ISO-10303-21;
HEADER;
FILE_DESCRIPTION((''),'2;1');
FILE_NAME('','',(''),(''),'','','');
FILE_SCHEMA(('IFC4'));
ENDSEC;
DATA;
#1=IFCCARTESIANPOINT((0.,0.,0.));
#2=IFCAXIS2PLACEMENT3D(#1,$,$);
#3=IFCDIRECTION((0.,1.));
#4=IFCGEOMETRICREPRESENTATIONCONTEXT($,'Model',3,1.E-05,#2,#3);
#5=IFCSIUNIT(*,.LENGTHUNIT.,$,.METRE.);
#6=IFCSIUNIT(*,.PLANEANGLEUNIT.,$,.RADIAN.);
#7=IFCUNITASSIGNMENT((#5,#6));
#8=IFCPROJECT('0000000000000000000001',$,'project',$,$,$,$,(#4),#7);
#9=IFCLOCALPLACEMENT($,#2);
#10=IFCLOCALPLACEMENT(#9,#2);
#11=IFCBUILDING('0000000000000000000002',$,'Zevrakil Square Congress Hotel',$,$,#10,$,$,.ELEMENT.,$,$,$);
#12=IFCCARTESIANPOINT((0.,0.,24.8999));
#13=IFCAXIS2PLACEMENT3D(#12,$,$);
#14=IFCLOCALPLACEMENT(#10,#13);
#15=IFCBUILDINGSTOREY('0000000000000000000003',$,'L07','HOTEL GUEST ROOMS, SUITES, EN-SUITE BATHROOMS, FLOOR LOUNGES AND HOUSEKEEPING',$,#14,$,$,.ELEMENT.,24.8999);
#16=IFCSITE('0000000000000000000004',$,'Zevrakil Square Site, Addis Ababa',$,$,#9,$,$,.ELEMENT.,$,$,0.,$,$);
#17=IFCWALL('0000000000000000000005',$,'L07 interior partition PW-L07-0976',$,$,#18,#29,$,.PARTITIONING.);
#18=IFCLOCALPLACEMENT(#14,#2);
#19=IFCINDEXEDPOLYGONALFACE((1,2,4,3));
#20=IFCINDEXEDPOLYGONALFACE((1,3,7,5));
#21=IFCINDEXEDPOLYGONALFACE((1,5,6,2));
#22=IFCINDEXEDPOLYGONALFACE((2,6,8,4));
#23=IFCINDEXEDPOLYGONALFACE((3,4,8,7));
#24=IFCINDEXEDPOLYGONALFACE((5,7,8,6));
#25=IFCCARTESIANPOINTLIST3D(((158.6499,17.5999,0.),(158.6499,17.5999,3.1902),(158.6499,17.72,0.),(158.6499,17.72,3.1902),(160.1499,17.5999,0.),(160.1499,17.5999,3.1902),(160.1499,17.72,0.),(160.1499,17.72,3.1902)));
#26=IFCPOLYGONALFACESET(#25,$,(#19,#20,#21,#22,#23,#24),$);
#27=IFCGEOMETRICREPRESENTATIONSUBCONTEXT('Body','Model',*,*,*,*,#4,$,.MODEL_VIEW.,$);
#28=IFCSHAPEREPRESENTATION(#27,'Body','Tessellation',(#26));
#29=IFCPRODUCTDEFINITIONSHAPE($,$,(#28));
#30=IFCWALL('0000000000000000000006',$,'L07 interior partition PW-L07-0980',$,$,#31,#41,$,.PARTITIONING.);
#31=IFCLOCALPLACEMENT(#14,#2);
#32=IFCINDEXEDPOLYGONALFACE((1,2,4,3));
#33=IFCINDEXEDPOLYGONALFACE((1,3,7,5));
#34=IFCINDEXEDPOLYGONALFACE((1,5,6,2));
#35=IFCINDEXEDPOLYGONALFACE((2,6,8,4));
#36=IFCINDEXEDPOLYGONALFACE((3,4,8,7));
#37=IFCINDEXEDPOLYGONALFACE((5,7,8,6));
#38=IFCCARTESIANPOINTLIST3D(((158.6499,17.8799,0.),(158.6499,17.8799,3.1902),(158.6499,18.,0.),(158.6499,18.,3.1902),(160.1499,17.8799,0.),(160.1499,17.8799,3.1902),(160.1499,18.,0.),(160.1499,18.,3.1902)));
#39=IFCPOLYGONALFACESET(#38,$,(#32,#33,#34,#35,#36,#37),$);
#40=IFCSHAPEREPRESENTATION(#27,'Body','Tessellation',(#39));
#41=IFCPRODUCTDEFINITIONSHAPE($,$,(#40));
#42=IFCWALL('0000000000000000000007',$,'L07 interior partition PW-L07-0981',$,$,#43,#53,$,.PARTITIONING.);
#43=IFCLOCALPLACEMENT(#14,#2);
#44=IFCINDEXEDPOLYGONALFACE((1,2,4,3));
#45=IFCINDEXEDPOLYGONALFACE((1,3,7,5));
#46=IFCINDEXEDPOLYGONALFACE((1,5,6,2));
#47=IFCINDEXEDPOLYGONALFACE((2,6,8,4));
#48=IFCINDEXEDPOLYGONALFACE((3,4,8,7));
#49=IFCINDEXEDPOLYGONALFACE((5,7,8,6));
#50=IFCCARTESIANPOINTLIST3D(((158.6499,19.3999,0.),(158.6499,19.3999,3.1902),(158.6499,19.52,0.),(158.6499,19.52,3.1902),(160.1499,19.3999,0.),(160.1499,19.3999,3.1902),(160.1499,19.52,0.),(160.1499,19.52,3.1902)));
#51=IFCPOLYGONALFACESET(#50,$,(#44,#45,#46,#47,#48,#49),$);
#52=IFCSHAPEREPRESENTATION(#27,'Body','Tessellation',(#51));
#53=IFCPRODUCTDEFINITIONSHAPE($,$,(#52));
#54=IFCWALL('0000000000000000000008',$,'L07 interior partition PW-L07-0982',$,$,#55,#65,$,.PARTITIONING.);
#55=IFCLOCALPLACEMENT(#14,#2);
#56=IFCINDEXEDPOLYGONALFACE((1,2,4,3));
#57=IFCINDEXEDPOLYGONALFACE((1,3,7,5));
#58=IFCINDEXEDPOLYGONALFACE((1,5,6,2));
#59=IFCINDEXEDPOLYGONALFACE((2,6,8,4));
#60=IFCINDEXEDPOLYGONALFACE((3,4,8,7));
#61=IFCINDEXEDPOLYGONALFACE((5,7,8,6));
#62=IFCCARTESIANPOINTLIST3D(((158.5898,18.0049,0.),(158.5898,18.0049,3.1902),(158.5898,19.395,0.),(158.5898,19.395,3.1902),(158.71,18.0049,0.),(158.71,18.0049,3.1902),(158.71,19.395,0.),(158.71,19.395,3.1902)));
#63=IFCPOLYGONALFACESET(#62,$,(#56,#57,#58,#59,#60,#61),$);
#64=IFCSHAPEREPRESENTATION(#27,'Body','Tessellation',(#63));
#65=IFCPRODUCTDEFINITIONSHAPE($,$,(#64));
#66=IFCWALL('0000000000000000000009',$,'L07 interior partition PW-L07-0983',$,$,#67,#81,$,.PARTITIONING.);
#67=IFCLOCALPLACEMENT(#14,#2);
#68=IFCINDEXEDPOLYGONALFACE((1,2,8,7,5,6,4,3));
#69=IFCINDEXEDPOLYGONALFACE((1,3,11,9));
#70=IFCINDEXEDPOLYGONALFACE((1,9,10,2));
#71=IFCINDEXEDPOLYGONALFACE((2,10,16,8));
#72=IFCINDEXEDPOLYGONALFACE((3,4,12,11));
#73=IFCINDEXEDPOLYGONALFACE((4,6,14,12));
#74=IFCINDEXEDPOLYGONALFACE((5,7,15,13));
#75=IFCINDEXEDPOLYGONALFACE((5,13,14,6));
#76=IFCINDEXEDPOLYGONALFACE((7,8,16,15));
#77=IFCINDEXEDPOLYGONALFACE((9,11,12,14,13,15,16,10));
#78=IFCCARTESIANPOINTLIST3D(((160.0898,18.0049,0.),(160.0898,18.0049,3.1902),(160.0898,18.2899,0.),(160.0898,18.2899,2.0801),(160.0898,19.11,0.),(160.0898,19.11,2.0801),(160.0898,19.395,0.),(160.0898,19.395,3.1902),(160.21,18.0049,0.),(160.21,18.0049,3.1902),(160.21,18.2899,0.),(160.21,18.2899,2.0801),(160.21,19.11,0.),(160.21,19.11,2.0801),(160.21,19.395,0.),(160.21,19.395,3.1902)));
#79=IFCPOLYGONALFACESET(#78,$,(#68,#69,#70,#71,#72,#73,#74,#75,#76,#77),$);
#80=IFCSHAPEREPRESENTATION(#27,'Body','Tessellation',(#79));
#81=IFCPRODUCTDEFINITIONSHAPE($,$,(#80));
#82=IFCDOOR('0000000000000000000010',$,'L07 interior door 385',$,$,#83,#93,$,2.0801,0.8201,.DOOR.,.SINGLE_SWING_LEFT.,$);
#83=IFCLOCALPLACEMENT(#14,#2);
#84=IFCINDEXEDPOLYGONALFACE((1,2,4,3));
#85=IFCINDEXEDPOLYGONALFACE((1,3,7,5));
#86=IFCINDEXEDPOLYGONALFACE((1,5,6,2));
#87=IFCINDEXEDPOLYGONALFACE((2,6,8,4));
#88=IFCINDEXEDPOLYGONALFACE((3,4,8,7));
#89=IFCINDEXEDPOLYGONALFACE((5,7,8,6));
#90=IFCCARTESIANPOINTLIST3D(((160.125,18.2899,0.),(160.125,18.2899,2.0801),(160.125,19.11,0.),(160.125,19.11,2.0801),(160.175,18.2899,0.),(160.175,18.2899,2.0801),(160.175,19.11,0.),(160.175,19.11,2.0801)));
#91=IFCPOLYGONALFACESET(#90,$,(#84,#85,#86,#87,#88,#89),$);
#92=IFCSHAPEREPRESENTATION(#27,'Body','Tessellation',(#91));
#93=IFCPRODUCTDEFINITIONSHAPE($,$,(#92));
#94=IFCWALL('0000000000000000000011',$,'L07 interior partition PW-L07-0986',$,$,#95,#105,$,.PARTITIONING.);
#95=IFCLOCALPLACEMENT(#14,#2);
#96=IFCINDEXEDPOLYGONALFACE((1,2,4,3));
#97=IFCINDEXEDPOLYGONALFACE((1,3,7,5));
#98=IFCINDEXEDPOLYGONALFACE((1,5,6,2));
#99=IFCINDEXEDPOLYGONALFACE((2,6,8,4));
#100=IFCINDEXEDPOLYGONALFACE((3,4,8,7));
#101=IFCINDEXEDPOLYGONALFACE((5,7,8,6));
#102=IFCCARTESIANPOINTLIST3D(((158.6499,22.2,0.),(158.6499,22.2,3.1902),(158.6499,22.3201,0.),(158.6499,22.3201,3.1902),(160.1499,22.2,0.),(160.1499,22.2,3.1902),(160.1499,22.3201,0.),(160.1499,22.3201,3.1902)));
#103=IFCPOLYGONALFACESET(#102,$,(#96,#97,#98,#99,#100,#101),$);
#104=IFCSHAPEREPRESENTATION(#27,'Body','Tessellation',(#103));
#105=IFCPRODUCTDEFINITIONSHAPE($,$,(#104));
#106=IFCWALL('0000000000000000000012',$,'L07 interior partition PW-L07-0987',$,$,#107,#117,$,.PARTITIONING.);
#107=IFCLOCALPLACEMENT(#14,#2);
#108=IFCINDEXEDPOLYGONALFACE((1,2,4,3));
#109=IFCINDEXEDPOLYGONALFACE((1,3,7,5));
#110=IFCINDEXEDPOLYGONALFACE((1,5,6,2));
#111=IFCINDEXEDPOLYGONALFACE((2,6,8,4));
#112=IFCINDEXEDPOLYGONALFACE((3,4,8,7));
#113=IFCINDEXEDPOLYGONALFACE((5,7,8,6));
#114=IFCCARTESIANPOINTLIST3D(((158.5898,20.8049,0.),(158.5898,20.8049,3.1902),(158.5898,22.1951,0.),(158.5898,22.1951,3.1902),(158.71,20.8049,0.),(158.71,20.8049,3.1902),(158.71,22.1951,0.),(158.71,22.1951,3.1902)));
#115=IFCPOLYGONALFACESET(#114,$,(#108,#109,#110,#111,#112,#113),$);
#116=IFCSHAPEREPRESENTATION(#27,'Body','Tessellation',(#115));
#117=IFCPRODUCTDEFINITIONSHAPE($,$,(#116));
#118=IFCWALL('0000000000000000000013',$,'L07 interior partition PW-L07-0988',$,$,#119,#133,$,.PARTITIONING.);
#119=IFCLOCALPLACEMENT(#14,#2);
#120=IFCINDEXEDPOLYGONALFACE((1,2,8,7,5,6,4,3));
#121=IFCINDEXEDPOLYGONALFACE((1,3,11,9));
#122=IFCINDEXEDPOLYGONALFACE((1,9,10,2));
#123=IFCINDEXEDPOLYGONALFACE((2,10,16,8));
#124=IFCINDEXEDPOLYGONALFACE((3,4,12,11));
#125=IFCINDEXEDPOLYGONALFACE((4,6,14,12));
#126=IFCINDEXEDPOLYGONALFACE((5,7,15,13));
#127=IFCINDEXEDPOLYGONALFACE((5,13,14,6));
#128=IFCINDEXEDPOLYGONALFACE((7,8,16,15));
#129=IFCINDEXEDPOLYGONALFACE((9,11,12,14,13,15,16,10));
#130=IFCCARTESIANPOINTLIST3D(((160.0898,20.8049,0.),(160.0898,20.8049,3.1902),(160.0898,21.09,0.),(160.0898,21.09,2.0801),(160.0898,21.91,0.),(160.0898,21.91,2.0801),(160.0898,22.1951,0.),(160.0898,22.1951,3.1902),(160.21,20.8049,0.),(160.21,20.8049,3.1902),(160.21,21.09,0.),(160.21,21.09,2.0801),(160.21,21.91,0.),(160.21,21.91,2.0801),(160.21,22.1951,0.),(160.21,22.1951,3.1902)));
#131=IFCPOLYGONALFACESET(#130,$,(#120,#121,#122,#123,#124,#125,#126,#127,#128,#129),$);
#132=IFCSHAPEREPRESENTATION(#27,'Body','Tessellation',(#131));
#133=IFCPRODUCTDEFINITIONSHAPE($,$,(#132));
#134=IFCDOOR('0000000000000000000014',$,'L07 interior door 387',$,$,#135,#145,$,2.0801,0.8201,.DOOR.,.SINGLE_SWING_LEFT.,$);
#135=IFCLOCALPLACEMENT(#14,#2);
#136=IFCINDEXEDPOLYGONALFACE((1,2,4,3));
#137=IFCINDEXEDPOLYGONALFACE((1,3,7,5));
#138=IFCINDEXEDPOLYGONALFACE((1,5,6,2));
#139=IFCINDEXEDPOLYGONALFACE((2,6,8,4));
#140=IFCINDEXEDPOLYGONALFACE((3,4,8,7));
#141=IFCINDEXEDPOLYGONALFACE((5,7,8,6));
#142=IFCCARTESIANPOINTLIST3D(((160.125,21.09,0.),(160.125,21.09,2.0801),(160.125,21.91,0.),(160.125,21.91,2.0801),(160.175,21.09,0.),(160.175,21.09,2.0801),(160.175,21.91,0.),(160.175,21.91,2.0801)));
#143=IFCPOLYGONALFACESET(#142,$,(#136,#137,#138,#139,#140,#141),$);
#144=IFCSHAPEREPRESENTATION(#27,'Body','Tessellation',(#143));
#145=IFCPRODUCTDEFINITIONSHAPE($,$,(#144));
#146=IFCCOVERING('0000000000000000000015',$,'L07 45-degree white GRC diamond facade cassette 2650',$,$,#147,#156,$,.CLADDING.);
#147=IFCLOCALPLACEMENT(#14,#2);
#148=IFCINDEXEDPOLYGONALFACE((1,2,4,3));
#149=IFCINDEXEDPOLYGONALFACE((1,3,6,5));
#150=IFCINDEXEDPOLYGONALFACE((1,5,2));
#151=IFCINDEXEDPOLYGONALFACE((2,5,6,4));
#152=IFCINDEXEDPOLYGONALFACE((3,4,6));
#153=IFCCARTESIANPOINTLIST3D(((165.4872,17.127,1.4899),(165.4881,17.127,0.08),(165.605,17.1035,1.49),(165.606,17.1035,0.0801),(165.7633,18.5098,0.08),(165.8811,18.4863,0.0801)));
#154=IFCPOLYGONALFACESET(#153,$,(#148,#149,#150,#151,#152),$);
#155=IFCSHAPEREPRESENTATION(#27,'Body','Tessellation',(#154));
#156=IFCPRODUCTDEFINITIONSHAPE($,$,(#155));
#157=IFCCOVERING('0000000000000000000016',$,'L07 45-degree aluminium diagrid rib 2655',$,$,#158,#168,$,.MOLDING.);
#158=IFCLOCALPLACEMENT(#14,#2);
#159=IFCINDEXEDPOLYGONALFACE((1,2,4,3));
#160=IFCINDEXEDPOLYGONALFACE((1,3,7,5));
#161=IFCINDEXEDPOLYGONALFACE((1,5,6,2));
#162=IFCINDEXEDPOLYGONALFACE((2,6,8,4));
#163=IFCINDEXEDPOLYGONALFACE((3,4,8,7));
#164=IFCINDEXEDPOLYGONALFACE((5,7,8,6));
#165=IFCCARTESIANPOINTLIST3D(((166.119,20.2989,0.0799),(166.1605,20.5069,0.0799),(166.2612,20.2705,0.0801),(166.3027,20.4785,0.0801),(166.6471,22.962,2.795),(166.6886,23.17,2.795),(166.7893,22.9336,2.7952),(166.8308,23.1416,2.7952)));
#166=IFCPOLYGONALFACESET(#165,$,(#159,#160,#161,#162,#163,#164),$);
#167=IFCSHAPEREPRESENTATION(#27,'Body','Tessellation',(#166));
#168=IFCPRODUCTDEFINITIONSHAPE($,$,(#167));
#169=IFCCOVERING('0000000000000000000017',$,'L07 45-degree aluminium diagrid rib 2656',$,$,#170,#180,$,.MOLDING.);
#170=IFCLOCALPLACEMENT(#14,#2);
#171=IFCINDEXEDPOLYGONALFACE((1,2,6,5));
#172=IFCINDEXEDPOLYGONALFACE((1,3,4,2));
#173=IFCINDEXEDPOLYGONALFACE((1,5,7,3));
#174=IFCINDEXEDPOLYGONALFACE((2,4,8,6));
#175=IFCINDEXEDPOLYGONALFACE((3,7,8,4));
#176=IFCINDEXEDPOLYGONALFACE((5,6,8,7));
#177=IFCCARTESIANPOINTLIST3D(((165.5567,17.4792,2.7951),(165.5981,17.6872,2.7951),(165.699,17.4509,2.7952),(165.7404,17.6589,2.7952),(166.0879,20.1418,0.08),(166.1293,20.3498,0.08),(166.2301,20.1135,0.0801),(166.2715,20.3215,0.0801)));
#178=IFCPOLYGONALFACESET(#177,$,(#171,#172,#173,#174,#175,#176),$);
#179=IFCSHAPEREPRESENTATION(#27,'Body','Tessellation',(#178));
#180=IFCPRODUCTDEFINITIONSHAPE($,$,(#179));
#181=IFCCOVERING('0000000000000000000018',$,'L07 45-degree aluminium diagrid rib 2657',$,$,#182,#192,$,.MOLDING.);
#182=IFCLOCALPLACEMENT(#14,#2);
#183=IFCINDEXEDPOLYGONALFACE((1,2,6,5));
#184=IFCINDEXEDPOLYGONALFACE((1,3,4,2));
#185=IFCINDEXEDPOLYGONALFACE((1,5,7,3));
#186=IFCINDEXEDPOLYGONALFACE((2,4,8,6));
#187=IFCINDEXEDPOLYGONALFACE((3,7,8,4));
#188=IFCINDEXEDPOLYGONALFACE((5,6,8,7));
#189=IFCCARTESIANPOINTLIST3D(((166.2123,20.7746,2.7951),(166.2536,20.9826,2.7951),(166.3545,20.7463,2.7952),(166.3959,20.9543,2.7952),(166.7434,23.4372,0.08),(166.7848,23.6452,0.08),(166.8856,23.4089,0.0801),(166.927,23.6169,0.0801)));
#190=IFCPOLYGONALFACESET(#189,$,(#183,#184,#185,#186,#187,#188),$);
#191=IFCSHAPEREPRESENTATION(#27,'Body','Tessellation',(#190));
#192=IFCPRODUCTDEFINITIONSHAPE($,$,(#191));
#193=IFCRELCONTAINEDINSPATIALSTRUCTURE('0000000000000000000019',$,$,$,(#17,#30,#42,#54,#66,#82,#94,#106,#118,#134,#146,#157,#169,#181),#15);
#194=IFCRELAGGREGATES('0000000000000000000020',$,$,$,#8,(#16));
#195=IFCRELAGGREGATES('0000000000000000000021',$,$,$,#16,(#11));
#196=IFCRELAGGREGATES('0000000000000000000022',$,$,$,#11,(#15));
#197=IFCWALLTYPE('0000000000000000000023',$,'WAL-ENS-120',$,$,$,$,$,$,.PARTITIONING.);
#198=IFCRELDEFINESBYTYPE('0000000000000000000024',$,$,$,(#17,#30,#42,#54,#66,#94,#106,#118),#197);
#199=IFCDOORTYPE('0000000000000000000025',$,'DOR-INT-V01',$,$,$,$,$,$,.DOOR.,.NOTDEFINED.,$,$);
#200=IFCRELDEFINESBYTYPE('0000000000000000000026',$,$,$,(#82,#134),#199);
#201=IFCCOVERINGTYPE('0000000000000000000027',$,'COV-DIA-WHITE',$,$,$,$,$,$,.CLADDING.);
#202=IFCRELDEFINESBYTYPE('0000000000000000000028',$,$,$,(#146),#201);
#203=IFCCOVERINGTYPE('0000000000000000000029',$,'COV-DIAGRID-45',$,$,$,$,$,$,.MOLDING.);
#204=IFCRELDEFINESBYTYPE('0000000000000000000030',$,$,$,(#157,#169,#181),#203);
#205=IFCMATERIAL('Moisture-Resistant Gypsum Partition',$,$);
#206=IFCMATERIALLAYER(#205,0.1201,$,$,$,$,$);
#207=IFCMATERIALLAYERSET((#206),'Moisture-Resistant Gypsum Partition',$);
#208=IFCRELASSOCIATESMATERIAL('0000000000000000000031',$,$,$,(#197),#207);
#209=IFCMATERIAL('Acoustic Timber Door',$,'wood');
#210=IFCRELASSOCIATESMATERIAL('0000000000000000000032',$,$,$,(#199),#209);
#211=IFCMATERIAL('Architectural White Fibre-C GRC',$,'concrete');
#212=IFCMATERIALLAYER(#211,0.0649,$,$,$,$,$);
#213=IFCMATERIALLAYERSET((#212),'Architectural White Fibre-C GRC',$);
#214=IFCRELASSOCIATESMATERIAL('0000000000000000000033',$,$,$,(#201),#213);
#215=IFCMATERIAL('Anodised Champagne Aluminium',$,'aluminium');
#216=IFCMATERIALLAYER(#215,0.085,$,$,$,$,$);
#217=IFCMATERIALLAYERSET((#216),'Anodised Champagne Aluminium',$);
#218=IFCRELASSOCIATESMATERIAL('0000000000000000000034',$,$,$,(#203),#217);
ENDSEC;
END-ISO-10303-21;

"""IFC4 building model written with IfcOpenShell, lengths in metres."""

from ifc_helpers import new_model, si_unit, direction, frame, frame_2d, origin, place, context, subcontext, project, spatial, polyline, rectangle, outline, extrude, material, layer, layer_set, type_object, element, fill, save


model = new_model("IFC4")

# Units and contexts
model_context = context("Model", 3, precision=1e-05, world=origin(), true_north=direction((0.0, 1.0)))
body_context = subcontext(model_context, "Body", "Model", "MODEL_VIEW")
ifc_project = project(units=[si_unit("LENGTHUNIT", "METRE"), si_unit("PLANEANGLEUNIT", "RADIAN")], contexts=[model_context])

# Site, building, storey
site_placement = place(None, origin())
site = spatial("IfcSite", under=ifc_project, at=site_placement, Name="Zevrakil Square Site, Addis Ababa", CompositionType="ELEMENT", RefElevation=0.0)
building_placement = place(site_placement, origin())
building = spatial("IfcBuilding", under=site, at=building_placement, Name="Zevrakil Square Congress Hotel", CompositionType="ELEMENT")
storey_placement = place(building_placement, frame((0.0, 0.0, 24.8999)))
storey = spatial("IfcBuildingStorey", under=building, at=storey_placement, Name="L07", Description="HOTEL GUEST ROOMS, SUITES, EN-SUITE BATHROOMS, FLOOR LOUNGES AND HOUSEKEEPING", CompositionType="ELEMENT", Elevation=24.8999)

# Walls
ifc_material_1 = material(Name="Moisture-Resistant Gypsum Partition")
ifc_layer_1 = layer(ifc_material_1, 0.1201)
ifc_layer_set_1 = layer_set([ifc_layer_1], Name="Moisture-Resistant Gypsum Partition")
wall_type = type_object("IfcWallType", Name="WAL-ENS-120", PredefinedType="PARTITIONING", material=ifc_layer_set_1)
for number, where, z_axis, x_axis, name in (
    (1, (158.6499, 17.6599, 0.0), (0.0, 0.0, 1.0), (1.0, 0.0, 0.0), "L07 interior partition PW-L07-0976"),
    (2, (158.6499, 17.9399, 0.0), (0.0, 0.0, 1.0), (1.0, 0.0, 0.0), "L07 interior partition PW-L07-0980"),
    (3, (158.6499, 19.46, 0.0), (0.0, 0.0, 1.0), (1.0, 0.0, 0.0), "L07 interior partition PW-L07-0981"),
):
    element("IfcWall", number, at=place(storey_placement, frame(where, z_axis=z_axis, x_axis=x_axis)), inside=storey, type_object=wall_type, Name=name, PredefinedType="PARTITIONING", context=body_context, shape_type="SweptSolid", body=[
        extrude(rectangle(XDim=1.5, YDim=0.1201, at=frame_2d((0.75, 0.0))), origin(), (0.0, 0.0, 1.0), 3.1902),
    ])
wall_1_placement = place(storey_placement, frame((158.6499, 18.0049, 0.0), z_axis=(0.0, 0.0, 1.0), x_axis=(0.0, 1.0, 0.0)))
element("IfcWall", 4, at=wall_1_placement, inside=storey, type_object=wall_type, Name="L07 interior partition PW-L07-0982", PredefinedType="PARTITIONING", context=body_context, shape_type="SweptSolid", body=[
    extrude(rectangle(XDim=1.3901, YDim=0.1201, at=frame_2d((0.6951, 0.0))), origin(), (0.0, 0.0, 1.0), 3.1902),
])

# Wall, opening, door
wall_2_placement = place(storey_placement, frame((160.1499, 18.0049, 0.0), z_axis=(0.0, 0.0, 1.0), x_axis=(0.0, 1.0, 0.0)))
wall_2 = element("IfcWall", 5, at=wall_2_placement, inside=storey, type_object=wall_type, Name="L07 interior partition PW-L07-0983", PredefinedType="PARTITIONING", context=body_context, shape_type="SweptSolid", body=[
    extrude(rectangle(XDim=1.3901, YDim=0.1201, at=frame_2d((0.6951, 0.0))), origin(), (0.0, 0.0, 1.0), 3.1902),
])
opening_1_placement = place(wall_2_placement, frame((0.2849, 0.0, 0.0)))
opening_1 = element("IfcOpeningElement", 6, at=opening_1_placement, cuts=wall_2, PredefinedType="OPENING", context=body_context, shape_type="SweptSolid", body=[
    extrude(rectangle(XDim=0.8201, YDim=2.0801, at=frame_2d((0.4102, 1.04))), frame((0.0, 0.0701, 0.0), z_axis=(0.0, -1.0, 0.0), x_axis=(1.0, 0.0, 0.0)), (0.0, 0.0, 1.0), 0.1401),
])
ifc_material_2 = material(Name="Acoustic Timber Door", Category="wood")
door_type = type_object("IfcDoorType", Name="DOR-INT-V01", OperationType="NOTDEFINED", PredefinedType="DOOR", material=ifc_material_2)
door_1_placement = place(opening_1_placement, origin())
door_1 = element("IfcDoor", 7, at=door_1_placement, inside=storey, type_object=door_type, Name="L07 interior door 385", OperationType="SINGLE_SWING_LEFT", OverallHeight=2.0801, OverallWidth=0.8201, PredefinedType="DOOR", context=body_context, shape_type="SweptSolid", body=[
    extrude(rectangle(XDim=0.8201, YDim=2.0801, at=frame_2d((0.4102, 1.04))), frame((0.0, 0.0249, 0.0), z_axis=(0.0, -1.0, 0.0), x_axis=(1.0, 0.0, 0.0)), (0.0, 0.0, 1.0), 0.05),
])
fill(opening_1, door_1)

# Walls
wall_3_placement = place(storey_placement, frame((158.6499, 22.26, 0.0), z_axis=(0.0, 0.0, 1.0), x_axis=(1.0, 0.0, 0.0)))
element("IfcWall", 8, at=wall_3_placement, inside=storey, type_object=wall_type, Name="L07 interior partition PW-L07-0986", PredefinedType="PARTITIONING", context=body_context, shape_type="SweptSolid", body=[
    extrude(rectangle(XDim=1.5, YDim=0.1201, at=frame_2d((0.75, 0.0))), origin(), (0.0, 0.0, 1.0), 3.1902),
])
wall_4_placement = place(storey_placement, frame((158.6499, 20.8049, 0.0), z_axis=(0.0, 0.0, 1.0), x_axis=(0.0, 1.0, 0.0)))
element("IfcWall", 9, at=wall_4_placement, inside=storey, type_object=wall_type, Name="L07 interior partition PW-L07-0987", PredefinedType="PARTITIONING", context=body_context, shape_type="SweptSolid", body=[
    extrude(rectangle(XDim=1.3901, YDim=0.1201, at=frame_2d((0.6951, 0.0))), origin(), (0.0, 0.0, 1.0), 3.1902),
])

# Wall, opening, door
wall_5_placement = place(storey_placement, frame((160.1499, 20.8049, 0.0), z_axis=(0.0, 0.0, 1.0), x_axis=(0.0, 1.0, 0.0)))
wall_5 = element("IfcWall", 10, at=wall_5_placement, inside=storey, type_object=wall_type, Name="L07 interior partition PW-L07-0988", PredefinedType="PARTITIONING", context=body_context, shape_type="SweptSolid", body=[
    extrude(rectangle(XDim=1.3901, YDim=0.1201, at=frame_2d((0.6951, 0.0))), origin(), (0.0, 0.0, 1.0), 3.1902),
])
opening_2_placement = place(wall_5_placement, frame((0.2849, 0.0, 0.0)))
opening_2 = element("IfcOpeningElement", 11, at=opening_2_placement, cuts=wall_5, PredefinedType="OPENING", context=body_context, shape_type="SweptSolid", body=[
    extrude(rectangle(XDim=0.8201, YDim=2.0801, at=frame_2d((0.4102, 1.04))), frame((0.0, 0.0701, 0.0), z_axis=(0.0, -1.0, 0.0), x_axis=(1.0, 0.0, 0.0)), (0.0, 0.0, 1.0), 0.1401),
])
door_2_placement = place(opening_2_placement, origin())
door_2 = element("IfcDoor", 12, at=door_2_placement, inside=storey, type_object=door_type, Name="L07 interior door 387", OperationType="SINGLE_SWING_LEFT", OverallHeight=2.0801, OverallWidth=0.8201, PredefinedType="DOOR", context=body_context, shape_type="SweptSolid", body=[
    extrude(rectangle(XDim=0.8201, YDim=2.0801, at=frame_2d((0.4102, 1.04))), frame((0.0, 0.0249, 0.0), z_axis=(0.0, -1.0, 0.0), x_axis=(1.0, 0.0, 0.0)), (0.0, 0.0, 1.0), 0.05),
])
fill(opening_2, door_2)

# Coverings
ifc_material_3 = material(Name="Architectural White Fibre-C GRC", Category="concrete")
ifc_layer_2 = layer(ifc_material_3, 0.0649)
ifc_layer_set_2 = layer_set([ifc_layer_2], Name="Architectural White Fibre-C GRC")
covering_type_1 = type_object("IfcCoveringType", Name="COV-DIA-WHITE", PredefinedType="CLADDING", material=ifc_layer_set_2)
covering_1_placement = place(storey_placement, frame((165.8811, 18.4863, 0.0801), z_axis=(0.980773, -0.19515, 0.000679), x_axis=(-0.19515, -0.980773, 0.0)))
element("IfcCovering", 13, at=covering_1_placement, inside=storey, type_object=covering_type_1, Name="L07 45-degree white GRC diamond facade cassette 2650", PredefinedType="CLADDING", context=body_context, shape_type="SweptSolid", body=[
    extrude(outline(polyline([(0.0, 0.0), (1.4099, 0.0), (1.4101, -1.4099), (0.0, 0.0)])), origin(), (0.0, 0.0, -1.0), 0.1201),
])
ifc_material_4 = material(Name="Anodised Champagne Aluminium", Category="aluminium")
ifc_layer_3 = layer(ifc_material_4, 0.085)
ifc_layer_set_3 = layer_set([ifc_layer_3], Name="Anodised Champagne Aluminium")
covering_type_2 = type_object("IfcCoveringType", Name="COV-DIAGRID-45", PredefinedType="MOLDING", material=ifc_layer_set_3)
covering_2_placement = place(storey_placement, frame((166.3027, 20.4785, 0.0801), z_axis=(0.980668, -0.195673, 0.001189), x_axis=(-0.195673, -0.980669, 0.0)))
element("IfcCovering", 14, at=covering_2_placement, inside=storey, type_object=covering_type_2, Name="L07 45-degree aluminium diagrid rib 2655", PredefinedType="MOLDING", context=body_context, shape_type="SweptSolid", body=[
    extrude(outline(polyline([(0.0, 0.0), (0.2121, 0.0), (-2.5028, -2.7151), (-2.7149, -2.7151), (0.0, 0.0)])), origin(), (0.0, 0.0, -1.0), 0.145),
])
for number, where, z_axis, x_axis, name in (
    (15, (165.699, 17.4509, 2.7952), (0.980779, -0.19512, 0.000513), (0.19512, 0.980779, 0.0), "L07 45-degree aluminium diagrid rib 2656"),
    (16, (166.3545, 20.7463, 2.7952), (0.980779, -0.19512, 0.000513), (0.19512, 0.980779, 0.0), "L07 45-degree aluminium diagrid rib 2657"),
):
    element("IfcCovering", number, at=place(storey_placement, frame(where, z_axis=z_axis, x_axis=x_axis)), inside=storey, type_object=covering_type_2, Name=name, PredefinedType="MOLDING", context=body_context, shape_type="SweptSolid", body=[
        extrude(outline(polyline([(0.0, 0.0), (0.2121, 0.0), (2.9271, -2.7151), (2.715, -2.7151), (0.0, 0.0)])), origin(), (0.0, 0.0, -1.0), 0.145),
    ])

save(model, "model.ifc")
